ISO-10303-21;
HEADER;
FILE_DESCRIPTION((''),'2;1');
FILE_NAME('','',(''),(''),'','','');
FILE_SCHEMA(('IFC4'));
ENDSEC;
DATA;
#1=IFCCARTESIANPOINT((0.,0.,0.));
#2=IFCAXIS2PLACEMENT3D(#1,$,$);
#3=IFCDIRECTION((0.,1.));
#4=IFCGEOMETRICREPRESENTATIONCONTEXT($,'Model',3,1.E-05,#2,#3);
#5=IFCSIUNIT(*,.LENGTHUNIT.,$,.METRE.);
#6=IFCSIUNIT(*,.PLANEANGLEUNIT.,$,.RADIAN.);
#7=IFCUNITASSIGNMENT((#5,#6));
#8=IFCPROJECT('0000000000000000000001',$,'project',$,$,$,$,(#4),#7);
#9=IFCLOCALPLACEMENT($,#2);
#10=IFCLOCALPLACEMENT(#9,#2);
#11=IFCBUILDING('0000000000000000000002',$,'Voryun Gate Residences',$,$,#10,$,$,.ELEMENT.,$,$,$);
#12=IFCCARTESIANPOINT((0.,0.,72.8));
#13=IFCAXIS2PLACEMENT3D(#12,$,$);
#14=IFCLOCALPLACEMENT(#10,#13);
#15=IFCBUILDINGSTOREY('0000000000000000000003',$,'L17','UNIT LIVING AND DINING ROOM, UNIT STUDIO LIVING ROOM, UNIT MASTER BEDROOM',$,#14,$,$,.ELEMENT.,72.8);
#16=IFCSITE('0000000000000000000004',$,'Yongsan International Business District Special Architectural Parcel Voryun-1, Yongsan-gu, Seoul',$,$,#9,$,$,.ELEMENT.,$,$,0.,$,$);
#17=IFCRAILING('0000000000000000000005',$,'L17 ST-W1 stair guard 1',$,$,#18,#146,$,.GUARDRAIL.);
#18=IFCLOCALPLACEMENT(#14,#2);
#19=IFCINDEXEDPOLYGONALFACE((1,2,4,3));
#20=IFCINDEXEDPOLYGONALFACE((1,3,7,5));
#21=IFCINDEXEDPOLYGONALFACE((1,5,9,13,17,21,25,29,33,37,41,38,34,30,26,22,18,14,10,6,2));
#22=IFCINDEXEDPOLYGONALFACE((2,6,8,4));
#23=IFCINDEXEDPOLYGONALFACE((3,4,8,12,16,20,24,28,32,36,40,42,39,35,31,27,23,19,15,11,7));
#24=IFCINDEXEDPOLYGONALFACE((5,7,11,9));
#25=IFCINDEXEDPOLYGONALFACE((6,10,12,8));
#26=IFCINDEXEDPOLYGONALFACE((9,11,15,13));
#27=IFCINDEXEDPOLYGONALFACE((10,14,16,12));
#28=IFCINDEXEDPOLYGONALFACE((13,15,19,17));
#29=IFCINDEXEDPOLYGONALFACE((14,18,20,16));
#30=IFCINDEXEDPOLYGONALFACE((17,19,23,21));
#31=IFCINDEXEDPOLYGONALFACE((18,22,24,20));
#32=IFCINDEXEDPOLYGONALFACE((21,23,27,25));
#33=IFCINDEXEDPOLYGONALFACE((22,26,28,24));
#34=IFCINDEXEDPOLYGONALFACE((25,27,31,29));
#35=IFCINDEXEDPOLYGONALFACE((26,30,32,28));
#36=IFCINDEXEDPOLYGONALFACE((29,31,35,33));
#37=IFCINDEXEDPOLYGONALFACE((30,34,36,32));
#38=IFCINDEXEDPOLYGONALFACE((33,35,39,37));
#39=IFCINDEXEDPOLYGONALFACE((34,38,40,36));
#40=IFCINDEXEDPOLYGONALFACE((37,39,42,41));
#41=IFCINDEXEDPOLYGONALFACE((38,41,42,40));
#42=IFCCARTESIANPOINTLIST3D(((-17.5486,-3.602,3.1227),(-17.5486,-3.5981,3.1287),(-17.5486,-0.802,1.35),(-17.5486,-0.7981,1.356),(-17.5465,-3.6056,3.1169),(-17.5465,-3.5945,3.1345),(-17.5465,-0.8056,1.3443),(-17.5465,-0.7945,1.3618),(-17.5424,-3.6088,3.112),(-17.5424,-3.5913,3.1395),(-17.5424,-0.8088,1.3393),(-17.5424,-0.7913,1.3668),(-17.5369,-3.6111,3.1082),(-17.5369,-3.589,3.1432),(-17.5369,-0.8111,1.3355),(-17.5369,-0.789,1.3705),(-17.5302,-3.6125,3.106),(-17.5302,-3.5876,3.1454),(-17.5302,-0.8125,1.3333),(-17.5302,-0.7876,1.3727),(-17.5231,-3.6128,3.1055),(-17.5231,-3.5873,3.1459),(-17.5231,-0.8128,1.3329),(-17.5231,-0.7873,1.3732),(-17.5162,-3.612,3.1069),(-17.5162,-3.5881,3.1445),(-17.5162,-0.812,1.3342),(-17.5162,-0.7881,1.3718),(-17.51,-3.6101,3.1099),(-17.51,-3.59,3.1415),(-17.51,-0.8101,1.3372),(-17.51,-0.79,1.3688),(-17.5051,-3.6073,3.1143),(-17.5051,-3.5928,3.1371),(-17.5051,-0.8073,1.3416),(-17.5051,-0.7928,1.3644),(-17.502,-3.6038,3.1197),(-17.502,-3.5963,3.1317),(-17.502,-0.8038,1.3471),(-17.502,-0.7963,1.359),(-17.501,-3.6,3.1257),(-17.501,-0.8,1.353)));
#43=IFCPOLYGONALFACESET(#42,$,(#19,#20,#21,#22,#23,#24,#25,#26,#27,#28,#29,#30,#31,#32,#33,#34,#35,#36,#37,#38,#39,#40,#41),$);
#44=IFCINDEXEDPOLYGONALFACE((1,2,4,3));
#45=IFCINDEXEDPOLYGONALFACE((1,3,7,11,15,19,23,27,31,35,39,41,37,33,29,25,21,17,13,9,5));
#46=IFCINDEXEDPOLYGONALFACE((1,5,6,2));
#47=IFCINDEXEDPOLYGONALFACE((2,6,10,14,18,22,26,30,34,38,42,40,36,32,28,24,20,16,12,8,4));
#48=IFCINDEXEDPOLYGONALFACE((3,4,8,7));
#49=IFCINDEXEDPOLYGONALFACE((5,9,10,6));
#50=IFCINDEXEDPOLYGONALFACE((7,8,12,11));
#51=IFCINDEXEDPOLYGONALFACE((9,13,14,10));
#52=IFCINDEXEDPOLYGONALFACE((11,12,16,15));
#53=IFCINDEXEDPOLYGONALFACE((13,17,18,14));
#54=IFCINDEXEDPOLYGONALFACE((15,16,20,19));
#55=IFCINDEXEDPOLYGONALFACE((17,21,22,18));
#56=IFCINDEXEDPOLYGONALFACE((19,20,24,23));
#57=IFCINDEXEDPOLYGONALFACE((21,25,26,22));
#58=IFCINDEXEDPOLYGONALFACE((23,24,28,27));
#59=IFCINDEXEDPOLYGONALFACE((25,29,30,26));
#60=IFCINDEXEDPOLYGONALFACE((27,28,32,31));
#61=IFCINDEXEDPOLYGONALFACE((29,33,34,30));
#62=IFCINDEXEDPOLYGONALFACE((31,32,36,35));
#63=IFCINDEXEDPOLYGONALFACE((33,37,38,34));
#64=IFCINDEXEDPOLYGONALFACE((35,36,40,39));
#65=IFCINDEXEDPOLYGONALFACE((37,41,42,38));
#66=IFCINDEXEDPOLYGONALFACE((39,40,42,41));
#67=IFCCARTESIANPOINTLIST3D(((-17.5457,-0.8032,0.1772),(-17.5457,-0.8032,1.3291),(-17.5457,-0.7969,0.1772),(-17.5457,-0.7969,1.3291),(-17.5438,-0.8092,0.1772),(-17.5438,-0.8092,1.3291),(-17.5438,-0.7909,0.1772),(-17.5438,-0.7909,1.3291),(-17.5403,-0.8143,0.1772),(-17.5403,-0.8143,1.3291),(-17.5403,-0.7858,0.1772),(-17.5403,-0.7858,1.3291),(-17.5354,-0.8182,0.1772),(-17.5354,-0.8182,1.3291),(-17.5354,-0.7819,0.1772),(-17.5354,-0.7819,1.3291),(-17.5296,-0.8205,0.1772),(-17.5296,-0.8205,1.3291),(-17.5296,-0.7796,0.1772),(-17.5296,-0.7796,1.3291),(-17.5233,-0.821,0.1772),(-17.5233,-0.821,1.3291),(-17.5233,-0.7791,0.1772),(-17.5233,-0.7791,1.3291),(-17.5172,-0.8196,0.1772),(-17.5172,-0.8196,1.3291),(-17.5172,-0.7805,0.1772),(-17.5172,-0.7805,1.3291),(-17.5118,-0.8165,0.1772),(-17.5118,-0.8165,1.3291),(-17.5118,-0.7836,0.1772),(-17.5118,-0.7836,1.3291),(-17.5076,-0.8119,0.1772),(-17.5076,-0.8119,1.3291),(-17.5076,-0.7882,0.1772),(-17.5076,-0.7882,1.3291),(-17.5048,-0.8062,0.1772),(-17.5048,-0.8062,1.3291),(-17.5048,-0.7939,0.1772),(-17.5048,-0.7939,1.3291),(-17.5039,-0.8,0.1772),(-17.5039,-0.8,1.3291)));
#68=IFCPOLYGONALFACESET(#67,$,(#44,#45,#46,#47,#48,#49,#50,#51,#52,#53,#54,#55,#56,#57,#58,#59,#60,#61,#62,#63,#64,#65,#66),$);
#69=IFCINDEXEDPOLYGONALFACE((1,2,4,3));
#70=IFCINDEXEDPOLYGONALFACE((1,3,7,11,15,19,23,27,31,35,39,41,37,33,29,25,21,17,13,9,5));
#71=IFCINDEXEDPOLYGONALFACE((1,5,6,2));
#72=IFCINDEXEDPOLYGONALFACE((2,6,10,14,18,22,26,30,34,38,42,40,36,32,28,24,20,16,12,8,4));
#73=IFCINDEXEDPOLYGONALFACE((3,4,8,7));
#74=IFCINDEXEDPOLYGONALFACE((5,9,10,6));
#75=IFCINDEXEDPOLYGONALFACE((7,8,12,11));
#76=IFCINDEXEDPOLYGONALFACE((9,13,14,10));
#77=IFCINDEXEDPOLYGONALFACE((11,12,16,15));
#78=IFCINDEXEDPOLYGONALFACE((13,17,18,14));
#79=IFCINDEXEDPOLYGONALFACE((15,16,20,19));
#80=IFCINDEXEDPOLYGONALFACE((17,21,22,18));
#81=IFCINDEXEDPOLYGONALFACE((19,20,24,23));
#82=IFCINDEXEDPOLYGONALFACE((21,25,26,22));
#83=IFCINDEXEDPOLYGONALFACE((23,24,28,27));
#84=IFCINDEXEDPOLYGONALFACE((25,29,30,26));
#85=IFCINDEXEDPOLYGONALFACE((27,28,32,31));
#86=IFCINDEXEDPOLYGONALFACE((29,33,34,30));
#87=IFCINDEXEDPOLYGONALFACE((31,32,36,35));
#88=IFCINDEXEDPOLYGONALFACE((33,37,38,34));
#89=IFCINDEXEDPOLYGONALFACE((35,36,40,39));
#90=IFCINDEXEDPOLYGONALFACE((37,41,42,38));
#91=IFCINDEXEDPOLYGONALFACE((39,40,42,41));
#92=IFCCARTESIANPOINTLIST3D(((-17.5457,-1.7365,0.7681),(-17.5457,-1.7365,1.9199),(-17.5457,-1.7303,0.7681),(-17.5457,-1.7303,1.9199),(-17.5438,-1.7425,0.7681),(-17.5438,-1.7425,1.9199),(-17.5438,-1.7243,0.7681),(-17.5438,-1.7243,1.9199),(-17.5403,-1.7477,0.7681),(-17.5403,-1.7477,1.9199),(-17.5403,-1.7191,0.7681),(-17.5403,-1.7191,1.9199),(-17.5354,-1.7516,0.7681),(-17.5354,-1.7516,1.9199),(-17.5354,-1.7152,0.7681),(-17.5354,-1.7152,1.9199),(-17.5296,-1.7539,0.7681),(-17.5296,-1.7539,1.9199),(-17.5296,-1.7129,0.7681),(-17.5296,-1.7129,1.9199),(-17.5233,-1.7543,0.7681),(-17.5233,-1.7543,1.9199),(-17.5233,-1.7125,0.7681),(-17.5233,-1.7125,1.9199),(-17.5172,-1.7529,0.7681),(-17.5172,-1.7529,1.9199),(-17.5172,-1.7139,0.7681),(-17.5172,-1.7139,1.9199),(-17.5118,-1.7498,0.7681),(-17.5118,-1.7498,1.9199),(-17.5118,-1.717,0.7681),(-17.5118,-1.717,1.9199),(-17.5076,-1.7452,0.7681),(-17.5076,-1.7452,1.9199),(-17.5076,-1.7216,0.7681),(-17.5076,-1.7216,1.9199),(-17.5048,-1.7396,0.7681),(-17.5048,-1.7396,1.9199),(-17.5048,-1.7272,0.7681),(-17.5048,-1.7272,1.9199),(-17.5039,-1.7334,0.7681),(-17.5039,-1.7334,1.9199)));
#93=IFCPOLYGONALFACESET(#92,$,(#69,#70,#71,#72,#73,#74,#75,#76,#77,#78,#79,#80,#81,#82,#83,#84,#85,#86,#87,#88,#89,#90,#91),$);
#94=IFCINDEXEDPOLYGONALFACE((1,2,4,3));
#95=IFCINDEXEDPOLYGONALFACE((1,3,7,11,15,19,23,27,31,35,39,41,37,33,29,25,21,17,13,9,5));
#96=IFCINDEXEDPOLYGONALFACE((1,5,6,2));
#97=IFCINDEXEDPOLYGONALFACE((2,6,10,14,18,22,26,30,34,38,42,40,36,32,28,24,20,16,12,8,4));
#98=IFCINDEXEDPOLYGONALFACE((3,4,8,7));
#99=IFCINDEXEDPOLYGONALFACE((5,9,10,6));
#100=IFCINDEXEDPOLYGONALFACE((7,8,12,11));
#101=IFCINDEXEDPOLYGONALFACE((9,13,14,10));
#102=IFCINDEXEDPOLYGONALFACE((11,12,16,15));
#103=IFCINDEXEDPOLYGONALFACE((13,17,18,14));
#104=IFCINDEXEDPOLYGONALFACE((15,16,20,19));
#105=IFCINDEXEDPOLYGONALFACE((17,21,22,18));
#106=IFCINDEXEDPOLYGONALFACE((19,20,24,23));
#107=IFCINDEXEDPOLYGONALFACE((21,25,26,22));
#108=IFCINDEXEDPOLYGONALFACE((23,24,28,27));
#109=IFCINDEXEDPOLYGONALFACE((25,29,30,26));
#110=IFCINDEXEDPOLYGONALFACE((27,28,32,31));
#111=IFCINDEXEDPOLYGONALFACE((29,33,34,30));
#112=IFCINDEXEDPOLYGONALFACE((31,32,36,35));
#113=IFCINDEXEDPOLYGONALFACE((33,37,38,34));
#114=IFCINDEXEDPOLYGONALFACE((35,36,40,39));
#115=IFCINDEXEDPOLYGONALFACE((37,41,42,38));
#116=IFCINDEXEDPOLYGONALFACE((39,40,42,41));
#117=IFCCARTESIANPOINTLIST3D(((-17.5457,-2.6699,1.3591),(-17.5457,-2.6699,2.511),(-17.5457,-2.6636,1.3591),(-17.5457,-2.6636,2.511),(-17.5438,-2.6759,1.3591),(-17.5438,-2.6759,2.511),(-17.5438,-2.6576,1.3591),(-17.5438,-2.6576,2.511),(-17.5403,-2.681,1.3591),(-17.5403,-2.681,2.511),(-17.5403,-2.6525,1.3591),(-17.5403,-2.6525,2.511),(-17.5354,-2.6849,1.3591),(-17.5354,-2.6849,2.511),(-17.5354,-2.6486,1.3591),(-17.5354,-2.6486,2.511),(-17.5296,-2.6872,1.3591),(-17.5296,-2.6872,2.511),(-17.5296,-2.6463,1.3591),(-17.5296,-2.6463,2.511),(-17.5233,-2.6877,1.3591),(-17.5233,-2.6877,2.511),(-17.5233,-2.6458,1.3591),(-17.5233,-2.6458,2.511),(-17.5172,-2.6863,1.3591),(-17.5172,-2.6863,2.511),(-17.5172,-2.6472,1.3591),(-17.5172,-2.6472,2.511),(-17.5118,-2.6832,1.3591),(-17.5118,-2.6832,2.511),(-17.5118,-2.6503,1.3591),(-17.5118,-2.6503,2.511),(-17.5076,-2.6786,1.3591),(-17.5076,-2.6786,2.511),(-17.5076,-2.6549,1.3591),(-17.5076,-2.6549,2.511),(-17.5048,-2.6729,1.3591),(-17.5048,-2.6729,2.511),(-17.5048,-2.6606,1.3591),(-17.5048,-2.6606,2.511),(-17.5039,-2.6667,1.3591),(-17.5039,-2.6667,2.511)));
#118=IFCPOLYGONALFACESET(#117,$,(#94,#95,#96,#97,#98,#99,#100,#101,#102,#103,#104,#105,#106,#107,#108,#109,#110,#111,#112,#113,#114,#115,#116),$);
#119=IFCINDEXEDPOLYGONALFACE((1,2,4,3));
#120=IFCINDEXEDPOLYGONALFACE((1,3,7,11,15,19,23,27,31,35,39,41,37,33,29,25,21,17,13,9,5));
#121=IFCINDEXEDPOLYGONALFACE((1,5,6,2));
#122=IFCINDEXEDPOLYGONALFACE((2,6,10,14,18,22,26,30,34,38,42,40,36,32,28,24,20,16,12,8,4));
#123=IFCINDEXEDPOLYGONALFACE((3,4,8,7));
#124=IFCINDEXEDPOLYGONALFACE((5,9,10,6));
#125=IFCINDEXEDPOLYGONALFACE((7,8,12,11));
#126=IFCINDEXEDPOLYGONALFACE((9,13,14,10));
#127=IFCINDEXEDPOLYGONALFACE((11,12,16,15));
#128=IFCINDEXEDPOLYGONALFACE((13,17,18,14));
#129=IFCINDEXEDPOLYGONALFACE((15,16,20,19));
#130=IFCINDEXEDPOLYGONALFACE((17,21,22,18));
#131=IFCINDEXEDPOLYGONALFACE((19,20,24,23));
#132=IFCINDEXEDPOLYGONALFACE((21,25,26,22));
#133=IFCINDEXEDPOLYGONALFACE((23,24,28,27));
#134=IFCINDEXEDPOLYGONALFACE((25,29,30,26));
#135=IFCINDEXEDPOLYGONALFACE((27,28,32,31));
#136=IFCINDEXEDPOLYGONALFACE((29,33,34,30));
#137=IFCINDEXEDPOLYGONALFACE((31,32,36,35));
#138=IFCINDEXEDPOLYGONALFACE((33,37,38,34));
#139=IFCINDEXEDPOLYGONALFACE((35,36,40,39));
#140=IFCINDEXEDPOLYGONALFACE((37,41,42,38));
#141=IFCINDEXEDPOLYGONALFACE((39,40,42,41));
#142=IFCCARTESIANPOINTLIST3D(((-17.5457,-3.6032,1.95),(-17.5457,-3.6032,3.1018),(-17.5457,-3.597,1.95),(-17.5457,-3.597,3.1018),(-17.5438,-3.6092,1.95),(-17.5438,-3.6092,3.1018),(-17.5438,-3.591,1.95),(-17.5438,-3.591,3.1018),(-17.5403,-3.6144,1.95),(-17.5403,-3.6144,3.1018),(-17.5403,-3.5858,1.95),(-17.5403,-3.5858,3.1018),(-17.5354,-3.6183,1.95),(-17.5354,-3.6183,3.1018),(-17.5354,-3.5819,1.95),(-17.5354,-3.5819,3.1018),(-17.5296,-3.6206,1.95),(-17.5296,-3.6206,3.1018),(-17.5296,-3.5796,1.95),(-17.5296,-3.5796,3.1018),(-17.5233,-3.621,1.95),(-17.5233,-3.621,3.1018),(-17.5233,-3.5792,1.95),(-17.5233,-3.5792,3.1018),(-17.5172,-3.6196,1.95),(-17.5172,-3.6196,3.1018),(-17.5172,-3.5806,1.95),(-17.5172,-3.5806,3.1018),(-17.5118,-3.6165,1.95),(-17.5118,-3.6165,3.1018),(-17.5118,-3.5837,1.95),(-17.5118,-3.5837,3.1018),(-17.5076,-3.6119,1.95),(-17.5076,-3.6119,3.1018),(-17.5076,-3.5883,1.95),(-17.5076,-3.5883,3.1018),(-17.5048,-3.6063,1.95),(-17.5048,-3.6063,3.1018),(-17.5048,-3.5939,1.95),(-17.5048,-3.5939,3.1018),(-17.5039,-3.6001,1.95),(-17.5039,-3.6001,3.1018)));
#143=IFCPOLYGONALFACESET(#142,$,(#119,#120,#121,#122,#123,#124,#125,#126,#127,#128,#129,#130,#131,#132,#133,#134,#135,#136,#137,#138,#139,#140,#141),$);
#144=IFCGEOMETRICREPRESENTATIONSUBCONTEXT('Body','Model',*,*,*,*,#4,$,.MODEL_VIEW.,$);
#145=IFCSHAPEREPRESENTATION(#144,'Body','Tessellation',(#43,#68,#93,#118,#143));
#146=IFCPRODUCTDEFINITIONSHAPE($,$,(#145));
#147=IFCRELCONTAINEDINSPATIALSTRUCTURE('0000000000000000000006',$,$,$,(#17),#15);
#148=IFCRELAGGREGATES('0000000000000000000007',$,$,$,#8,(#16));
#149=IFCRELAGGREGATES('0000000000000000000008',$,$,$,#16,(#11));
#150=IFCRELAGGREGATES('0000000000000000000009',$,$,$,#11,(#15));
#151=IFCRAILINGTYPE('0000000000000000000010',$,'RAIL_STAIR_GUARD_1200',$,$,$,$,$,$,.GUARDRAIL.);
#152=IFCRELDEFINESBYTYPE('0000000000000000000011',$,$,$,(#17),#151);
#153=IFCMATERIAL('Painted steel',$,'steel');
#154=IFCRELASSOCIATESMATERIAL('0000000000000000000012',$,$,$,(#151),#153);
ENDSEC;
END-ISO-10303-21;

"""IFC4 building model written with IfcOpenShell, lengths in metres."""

from ifc_helpers import new_model, si_unit, direction, frame, origin, origin_2d, place, context, subcontext, project, spatial, circle, extrude, material, type_object, element, save


model = new_model("IFC4")

# Units and contexts
model_context = context("Model", 3, precision=1e-05, world=origin(), true_north=direction((0.0, 1.0)))
body_context = subcontext(model_context, "Body", "Model", "MODEL_VIEW")
ifc_project = project(units=[si_unit("LENGTHUNIT", "METRE"), si_unit("PLANEANGLEUNIT", "RADIAN")], contexts=[model_context])

# Site, building, storey
site_placement = place(None, origin())
site = spatial("IfcSite", under=ifc_project, at=site_placement, Name="Yongsan International Business District Special Architectural Parcel Voryun-1, Yongsan-gu, Seoul", CompositionType="ELEMENT", RefElevation=0.0)
building_placement = place(site_placement, origin())
building = spatial("IfcBuilding", under=site, at=building_placement, Name="Voryun Gate Residences", CompositionType="ELEMENT")
storey_placement = place(building_placement, frame((0.0, 0.0, 72.8)))
storey = spatial("IfcBuildingStorey", under=building, at=storey_placement, Name="L17", Description="UNIT LIVING AND DINING ROOM, UNIT STUDIO LIVING ROOM, UNIT MASTER BEDROOM", CompositionType="ELEMENT", Elevation=72.8)

# Railing
ifc_material_1 = material(Name="Painted steel", Category="steel")
railing_type_1 = type_object("IfcRailingType", Name="RAIL_STAIR_GUARD_1200", PredefinedType="GUARDRAIL", material=ifc_material_1)
railing_1_placement = place(storey_placement, frame((-17.5249, -0.8, 0.1772)))
element("IfcRailing", 1, at=railing_1_placement, inside=storey, type_object=railing_type_1, Name="L17 ST-W1 stair guard 1", PredefinedType="GUARDRAIL", context=body_context, shape_type="SweptSolid", body=[
    extrude(circle(Radius=0.0239, at=origin_2d()), frame((0.0, 0.0, 1.1758), z_axis=(0.0, -0.844909, 0.53491), x_axis=(1.0, 0.0, 0.0)), (0.0, 0.0, 1.0), 3.314),
    extrude(circle(Radius=0.021, at=origin_2d()), origin(), (0.0, 0.0, 1.0), 1.1519),
    extrude(circle(Radius=0.021, at=origin_2d()), frame((0.0, -0.9333, 0.5908)), (0.0, 0.0, 1.0), 1.1519),
    extrude(circle(Radius=0.021, at=origin_2d()), frame((0.0, -1.8667, 1.1819)), (0.0, 0.0, 1.0), 1.1519),
    extrude(circle(Radius=0.021, at=origin_2d()), frame((0.0, -2.8, 1.7727)), (0.0, 0.0, 1.0), 1.1519),
])

save(model, "model.ifc")
